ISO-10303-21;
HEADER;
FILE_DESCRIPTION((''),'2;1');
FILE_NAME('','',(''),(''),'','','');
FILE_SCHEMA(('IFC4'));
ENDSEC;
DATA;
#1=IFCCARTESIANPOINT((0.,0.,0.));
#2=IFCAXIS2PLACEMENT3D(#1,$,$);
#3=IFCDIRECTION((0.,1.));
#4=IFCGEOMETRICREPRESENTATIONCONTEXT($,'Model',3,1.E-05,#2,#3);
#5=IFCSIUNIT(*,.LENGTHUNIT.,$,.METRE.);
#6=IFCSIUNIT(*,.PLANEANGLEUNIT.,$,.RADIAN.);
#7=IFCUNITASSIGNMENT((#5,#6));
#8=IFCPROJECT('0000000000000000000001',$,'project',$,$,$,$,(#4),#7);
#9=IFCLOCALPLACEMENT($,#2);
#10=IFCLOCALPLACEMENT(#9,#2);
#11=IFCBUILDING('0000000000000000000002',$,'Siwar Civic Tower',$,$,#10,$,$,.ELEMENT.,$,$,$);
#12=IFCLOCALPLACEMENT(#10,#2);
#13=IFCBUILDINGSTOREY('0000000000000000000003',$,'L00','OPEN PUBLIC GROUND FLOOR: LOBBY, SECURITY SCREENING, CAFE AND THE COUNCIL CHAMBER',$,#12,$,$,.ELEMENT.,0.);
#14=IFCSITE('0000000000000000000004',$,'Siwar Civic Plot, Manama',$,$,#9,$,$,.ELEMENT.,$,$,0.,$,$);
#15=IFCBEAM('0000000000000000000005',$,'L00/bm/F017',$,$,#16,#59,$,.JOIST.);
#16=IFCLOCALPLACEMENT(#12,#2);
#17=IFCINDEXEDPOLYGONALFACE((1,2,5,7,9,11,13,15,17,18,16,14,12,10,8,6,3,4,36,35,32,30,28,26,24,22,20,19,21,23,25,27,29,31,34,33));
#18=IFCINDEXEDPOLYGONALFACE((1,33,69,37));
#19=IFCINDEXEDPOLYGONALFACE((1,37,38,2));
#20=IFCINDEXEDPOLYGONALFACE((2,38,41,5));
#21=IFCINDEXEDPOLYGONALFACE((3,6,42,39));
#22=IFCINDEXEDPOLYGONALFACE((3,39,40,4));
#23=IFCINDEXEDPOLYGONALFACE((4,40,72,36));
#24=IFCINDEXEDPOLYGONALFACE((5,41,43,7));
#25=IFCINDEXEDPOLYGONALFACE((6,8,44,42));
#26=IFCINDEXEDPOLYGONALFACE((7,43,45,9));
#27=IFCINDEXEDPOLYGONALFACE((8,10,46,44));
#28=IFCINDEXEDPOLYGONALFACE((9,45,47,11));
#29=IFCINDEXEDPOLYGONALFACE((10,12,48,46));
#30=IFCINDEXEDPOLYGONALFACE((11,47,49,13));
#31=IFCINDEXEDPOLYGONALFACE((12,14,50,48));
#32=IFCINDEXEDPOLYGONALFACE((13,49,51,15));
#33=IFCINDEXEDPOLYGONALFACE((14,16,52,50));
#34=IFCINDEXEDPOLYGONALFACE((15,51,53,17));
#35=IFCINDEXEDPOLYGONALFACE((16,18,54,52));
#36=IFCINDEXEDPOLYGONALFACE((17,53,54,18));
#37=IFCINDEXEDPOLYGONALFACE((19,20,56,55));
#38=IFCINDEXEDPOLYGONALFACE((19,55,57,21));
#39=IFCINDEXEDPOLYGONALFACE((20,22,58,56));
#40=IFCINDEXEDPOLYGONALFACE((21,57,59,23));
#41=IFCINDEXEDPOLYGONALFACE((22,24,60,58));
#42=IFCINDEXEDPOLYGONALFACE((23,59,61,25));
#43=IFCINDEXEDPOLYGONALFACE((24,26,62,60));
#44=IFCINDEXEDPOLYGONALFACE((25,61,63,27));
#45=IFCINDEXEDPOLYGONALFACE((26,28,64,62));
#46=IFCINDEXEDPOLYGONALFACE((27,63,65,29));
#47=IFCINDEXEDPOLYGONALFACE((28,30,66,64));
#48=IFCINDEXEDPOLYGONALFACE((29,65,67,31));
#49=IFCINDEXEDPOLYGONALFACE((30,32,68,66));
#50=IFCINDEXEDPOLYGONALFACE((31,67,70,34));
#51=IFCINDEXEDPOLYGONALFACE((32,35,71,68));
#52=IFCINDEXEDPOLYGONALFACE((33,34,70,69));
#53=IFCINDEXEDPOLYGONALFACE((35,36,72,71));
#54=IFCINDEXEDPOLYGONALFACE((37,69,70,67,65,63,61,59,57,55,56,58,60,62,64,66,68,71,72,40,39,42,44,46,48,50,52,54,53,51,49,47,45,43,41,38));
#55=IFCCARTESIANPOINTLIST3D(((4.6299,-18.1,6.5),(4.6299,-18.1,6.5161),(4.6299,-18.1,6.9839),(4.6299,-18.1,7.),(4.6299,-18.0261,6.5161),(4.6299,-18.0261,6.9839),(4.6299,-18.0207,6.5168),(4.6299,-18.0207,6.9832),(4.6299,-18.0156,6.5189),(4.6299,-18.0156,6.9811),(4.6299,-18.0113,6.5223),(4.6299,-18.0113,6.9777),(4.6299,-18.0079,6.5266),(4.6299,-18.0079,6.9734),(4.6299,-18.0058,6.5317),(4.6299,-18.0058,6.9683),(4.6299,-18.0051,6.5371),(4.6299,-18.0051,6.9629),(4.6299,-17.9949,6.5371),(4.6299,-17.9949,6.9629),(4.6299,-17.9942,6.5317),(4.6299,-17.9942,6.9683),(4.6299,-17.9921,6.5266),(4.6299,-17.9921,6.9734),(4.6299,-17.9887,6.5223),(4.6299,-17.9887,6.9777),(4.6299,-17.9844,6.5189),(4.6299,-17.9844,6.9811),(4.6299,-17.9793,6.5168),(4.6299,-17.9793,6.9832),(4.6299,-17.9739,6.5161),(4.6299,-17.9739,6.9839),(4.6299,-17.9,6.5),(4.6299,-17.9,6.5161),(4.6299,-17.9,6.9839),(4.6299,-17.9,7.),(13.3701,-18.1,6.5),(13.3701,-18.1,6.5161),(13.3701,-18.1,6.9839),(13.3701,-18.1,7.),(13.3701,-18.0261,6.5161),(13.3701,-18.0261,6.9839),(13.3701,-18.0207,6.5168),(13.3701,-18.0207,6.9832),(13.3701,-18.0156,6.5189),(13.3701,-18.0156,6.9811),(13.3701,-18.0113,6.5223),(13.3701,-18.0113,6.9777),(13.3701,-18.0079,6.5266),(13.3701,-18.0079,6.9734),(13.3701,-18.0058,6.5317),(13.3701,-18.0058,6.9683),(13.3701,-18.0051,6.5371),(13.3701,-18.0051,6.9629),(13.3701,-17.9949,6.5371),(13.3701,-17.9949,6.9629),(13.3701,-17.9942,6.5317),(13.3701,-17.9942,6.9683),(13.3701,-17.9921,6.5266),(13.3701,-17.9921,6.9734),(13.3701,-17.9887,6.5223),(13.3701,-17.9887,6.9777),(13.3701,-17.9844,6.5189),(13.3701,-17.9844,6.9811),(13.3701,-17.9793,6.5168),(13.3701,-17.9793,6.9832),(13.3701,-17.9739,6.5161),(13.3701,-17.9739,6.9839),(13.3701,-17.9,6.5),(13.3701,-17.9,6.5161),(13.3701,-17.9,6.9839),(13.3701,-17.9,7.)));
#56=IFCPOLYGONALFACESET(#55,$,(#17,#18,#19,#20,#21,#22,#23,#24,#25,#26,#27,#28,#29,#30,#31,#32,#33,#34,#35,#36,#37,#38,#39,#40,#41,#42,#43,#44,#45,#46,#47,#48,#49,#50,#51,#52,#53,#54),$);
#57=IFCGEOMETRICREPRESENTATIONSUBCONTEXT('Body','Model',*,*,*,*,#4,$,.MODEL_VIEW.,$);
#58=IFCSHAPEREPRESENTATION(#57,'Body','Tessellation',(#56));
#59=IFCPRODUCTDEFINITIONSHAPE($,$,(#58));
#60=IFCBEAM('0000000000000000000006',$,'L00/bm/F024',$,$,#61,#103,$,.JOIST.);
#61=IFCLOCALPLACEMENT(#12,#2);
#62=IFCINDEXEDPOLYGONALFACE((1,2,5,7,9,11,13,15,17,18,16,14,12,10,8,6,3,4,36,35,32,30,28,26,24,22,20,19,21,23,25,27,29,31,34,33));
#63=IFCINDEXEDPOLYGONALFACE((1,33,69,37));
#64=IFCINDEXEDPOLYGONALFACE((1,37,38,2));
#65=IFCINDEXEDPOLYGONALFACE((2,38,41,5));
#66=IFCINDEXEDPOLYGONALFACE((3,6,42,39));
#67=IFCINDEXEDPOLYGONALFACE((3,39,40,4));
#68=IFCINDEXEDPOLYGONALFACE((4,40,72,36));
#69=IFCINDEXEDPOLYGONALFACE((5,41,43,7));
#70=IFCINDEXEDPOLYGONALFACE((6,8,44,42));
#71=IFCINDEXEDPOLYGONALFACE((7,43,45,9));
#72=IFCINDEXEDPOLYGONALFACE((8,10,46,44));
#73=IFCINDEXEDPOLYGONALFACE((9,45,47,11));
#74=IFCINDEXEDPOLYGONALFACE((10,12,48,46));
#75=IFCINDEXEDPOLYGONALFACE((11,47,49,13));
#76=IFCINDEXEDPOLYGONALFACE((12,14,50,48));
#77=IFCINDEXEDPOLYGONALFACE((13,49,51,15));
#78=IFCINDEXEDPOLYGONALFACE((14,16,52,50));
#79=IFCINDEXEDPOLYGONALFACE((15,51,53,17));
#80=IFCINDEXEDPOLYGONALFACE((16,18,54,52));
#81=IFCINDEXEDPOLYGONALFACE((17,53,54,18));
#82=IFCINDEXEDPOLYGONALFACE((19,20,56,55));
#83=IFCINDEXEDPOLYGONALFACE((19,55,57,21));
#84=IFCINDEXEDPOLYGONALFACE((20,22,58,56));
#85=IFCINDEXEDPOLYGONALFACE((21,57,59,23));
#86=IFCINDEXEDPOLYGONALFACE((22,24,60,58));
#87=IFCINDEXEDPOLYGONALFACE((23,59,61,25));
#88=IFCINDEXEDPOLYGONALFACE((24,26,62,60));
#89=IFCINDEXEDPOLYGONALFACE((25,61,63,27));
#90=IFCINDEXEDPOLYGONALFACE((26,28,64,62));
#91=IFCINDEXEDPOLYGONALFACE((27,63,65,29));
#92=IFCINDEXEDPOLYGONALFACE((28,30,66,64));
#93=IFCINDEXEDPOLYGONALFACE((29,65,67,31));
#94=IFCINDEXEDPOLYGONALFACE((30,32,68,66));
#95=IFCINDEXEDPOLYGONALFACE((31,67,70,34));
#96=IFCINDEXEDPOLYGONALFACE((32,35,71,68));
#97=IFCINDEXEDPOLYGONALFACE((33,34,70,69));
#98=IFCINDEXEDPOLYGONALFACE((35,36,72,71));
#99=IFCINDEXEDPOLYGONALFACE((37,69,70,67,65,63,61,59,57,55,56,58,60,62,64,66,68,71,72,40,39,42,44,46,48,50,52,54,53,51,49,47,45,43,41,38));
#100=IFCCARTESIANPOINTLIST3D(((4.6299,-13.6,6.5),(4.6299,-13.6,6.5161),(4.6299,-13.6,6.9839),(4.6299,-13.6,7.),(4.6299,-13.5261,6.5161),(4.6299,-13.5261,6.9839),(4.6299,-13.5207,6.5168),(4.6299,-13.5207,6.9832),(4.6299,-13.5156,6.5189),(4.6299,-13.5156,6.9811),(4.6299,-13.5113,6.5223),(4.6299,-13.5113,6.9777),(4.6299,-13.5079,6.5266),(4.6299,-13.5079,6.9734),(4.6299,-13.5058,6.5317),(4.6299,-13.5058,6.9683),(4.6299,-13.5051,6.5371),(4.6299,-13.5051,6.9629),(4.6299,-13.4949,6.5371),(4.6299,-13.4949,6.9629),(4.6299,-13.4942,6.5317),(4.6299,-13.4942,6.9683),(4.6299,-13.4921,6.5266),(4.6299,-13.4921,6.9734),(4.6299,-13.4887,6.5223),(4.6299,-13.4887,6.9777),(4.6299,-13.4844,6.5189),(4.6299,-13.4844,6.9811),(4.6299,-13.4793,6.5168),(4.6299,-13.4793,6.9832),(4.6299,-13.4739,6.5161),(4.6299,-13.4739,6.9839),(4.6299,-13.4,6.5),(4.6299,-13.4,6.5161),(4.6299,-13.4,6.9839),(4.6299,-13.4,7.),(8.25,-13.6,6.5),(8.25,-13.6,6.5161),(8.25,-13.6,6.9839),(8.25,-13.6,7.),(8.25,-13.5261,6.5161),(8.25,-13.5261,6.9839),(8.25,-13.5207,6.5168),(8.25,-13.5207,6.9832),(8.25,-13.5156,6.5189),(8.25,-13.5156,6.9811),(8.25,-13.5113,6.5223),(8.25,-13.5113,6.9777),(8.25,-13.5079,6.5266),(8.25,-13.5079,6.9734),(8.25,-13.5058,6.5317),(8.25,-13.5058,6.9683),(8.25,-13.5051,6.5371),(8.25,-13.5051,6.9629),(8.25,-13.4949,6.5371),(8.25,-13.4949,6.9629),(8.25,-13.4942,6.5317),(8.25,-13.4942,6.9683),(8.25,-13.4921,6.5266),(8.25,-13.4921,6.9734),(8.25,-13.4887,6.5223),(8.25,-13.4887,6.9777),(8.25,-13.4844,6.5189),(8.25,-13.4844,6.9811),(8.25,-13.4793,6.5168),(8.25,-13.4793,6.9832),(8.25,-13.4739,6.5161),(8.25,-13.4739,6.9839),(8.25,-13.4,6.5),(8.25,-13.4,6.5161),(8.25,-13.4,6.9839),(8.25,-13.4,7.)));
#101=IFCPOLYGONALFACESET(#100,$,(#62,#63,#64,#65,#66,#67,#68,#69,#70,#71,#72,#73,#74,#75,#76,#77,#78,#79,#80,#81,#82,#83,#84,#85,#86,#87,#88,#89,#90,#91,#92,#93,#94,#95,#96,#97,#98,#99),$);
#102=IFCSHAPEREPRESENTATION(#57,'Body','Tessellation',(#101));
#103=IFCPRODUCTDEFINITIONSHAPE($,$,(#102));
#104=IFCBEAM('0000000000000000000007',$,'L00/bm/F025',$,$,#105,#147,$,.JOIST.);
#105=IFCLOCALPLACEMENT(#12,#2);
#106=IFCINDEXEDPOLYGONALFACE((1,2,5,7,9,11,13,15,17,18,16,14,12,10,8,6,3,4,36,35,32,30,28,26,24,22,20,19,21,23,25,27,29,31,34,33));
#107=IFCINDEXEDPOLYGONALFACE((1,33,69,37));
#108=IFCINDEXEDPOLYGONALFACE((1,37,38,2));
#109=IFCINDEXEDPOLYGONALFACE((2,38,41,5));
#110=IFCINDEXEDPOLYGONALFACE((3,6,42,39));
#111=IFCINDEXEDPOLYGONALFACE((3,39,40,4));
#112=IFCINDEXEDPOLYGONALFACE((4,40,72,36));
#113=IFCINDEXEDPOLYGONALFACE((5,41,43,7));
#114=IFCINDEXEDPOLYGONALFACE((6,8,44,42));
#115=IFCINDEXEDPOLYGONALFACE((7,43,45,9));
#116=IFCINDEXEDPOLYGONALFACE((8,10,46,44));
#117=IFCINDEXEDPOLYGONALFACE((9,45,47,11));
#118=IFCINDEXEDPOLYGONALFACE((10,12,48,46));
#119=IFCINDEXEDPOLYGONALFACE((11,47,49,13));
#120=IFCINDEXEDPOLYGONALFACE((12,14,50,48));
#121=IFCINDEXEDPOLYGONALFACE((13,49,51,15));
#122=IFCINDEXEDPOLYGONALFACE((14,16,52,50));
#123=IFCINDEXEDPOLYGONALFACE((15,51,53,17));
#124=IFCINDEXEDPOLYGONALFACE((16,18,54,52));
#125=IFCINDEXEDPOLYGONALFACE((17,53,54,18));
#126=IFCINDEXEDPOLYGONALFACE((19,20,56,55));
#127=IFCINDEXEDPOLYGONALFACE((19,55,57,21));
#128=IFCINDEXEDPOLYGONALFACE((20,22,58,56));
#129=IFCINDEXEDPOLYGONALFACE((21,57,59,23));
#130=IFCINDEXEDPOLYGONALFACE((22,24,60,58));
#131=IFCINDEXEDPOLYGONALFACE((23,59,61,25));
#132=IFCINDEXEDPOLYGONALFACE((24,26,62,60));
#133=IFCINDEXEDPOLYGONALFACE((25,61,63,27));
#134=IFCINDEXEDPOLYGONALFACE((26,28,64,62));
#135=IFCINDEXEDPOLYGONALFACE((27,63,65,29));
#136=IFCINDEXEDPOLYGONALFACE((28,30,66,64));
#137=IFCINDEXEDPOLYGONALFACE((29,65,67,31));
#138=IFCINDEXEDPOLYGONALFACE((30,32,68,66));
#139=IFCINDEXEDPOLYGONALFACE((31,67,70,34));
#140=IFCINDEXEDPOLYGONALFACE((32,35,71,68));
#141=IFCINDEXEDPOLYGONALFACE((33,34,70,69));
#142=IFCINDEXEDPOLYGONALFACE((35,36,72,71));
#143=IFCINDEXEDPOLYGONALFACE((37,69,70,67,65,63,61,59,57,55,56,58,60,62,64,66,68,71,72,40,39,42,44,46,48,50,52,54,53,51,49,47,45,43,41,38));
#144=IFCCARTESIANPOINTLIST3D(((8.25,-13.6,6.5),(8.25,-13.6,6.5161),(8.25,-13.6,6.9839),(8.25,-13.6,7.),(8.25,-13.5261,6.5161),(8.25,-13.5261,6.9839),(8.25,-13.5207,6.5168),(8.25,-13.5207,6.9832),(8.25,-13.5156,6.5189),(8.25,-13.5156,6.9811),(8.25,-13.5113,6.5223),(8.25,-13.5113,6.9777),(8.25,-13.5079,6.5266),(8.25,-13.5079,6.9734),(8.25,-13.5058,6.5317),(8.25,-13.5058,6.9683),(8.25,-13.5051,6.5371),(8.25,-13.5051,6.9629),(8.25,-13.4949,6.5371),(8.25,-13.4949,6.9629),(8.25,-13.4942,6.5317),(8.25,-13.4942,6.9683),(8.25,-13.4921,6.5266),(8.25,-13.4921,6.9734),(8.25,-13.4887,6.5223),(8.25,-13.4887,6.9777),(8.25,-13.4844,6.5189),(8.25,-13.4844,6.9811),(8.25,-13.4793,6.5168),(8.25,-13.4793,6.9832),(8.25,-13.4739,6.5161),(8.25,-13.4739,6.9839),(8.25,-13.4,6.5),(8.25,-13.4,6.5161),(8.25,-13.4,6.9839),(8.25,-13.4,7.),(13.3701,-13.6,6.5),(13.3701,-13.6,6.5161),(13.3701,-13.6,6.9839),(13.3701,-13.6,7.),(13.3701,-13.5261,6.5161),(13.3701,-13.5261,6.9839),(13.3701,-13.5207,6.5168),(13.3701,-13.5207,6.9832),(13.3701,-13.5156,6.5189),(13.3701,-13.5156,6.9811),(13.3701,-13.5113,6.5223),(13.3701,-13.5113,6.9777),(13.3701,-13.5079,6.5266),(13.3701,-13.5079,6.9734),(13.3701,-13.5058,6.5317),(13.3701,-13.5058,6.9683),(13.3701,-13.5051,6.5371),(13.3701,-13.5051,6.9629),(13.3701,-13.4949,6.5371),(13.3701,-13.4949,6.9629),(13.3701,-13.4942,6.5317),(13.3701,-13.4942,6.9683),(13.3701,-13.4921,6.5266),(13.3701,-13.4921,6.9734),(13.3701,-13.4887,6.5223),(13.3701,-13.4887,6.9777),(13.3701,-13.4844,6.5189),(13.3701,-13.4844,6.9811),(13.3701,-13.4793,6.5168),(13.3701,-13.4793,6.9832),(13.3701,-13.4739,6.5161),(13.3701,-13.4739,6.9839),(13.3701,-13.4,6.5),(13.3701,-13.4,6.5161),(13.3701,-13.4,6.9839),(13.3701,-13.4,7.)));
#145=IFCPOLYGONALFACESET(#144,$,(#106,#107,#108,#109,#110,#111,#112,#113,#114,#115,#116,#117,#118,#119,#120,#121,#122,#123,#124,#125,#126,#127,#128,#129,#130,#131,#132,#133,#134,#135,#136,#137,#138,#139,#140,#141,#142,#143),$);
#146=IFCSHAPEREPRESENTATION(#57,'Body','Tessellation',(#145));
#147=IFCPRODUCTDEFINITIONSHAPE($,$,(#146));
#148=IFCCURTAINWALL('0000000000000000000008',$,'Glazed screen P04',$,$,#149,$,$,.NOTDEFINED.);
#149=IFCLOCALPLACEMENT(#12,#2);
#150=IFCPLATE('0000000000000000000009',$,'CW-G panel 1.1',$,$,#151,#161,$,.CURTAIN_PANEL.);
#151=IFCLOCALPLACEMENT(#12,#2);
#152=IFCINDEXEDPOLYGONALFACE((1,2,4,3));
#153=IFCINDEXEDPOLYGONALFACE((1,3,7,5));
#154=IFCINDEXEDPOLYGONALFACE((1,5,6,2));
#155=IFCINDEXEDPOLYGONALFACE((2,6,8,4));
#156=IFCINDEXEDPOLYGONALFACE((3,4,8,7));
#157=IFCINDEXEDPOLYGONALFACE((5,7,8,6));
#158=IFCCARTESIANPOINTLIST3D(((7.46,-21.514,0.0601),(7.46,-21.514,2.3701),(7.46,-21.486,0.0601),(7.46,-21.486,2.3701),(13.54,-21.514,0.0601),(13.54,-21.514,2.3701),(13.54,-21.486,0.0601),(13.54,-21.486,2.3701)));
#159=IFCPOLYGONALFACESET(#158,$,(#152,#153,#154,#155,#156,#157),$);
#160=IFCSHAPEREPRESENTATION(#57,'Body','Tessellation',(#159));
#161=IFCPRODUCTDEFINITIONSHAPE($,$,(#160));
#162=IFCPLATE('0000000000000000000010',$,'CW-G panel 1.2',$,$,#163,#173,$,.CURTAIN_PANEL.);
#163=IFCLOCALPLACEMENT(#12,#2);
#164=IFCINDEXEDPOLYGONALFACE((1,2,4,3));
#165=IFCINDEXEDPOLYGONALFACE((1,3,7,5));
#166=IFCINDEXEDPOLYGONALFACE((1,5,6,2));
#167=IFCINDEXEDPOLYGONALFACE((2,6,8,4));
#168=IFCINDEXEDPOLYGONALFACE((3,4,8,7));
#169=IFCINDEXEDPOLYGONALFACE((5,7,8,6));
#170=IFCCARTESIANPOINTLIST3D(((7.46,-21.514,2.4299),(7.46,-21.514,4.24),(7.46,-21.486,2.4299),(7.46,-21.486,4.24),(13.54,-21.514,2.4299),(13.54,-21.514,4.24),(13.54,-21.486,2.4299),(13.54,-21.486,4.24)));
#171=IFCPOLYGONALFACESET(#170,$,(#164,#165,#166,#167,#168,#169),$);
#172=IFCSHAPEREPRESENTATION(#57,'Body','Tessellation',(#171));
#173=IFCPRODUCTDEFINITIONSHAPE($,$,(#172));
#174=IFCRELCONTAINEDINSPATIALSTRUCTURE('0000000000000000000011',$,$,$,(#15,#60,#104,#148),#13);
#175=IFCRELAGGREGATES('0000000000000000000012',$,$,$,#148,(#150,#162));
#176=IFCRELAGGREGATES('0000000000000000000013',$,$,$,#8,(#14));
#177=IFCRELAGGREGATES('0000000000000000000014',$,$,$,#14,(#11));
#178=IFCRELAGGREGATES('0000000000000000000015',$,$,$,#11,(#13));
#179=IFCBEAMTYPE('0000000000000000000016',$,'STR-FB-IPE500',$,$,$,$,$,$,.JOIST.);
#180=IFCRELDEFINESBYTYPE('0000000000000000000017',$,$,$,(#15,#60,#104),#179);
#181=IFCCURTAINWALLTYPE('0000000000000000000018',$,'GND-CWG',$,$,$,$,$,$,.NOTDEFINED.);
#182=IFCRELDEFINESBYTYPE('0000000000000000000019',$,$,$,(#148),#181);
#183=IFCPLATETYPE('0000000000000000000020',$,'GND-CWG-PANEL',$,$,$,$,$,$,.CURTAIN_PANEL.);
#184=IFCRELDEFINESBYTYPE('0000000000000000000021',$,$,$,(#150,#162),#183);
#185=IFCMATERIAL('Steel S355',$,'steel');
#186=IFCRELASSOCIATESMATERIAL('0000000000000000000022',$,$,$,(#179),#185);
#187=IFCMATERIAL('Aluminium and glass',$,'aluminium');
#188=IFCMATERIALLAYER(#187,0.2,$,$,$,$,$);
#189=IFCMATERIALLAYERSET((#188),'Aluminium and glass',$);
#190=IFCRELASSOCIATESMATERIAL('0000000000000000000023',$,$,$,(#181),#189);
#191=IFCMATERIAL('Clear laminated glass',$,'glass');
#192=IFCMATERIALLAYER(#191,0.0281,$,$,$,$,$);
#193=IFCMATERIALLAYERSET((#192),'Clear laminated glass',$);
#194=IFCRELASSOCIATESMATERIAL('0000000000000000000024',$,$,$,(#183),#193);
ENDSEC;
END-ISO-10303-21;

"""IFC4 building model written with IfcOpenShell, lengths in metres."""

from ifc_helpers import new_model, si_unit, direction, frame, origin, origin_2d, place, context, subcontext, project, spatial, rectangle, i_section, extrude, material, layer, layer_set, material_profile, profile_set, type_object, element, aggregate, save


model = new_model("IFC4")

# Units and contexts
model_context = context("Model", 3, precision=1e-05, world=origin(), true_north=direction((0.0, 1.0)))
body_context = subcontext(model_context, "Body", "Model", "MODEL_VIEW")
ifc_project = project(units=[si_unit("LENGTHUNIT", "METRE"), si_unit("PLANEANGLEUNIT", "RADIAN")], contexts=[model_context])

# Site, building, storey
site_placement = place(None, origin())
site = spatial("IfcSite", under=ifc_project, at=site_placement, Name="Siwar Civic Plot, Manama", CompositionType="ELEMENT", RefElevation=0.0)
building_placement = place(site_placement, origin())
building = spatial("IfcBuilding", under=site, at=building_placement, Name="Siwar Civic Tower", CompositionType="ELEMENT")
storey_placement = place(building_placement, origin())
storey = spatial("IfcBuildingStorey", under=building, at=storey_placement, Name="L00", Description="OPEN PUBLIC GROUND FLOOR: LOBBY, SECURITY SCREENING, CAFE AND THE COUNCIL CHAMBER", CompositionType="ELEMENT", Elevation=0.0)

# Beams
ifc_material_1 = material(Name="Steel S355", Category="steel")
ifc_material_profile = material_profile(ifc_material_1, i_section(OverallWidth=0.2, OverallDepth=0.5, WebThickness=0.0103, FlangeThickness=0.0161, FilletRadius=0.021, at=origin_2d()), Name="IPE500")
ifc_profile_set = profile_set([ifc_material_profile], Name="Steel S355")
beam_type = type_object("IfcBeamType", Name="STR-FB-IPE500", PredefinedType="JOIST", material=ifc_profile_set)
beam_1_placement = place(storey_placement, frame((4.6299, -18.0, 6.75), z_axis=(1.0, 0.0, 0.0), x_axis=(0.0, 1.0, 0.0)))
element("IfcBeam", 1, at=beam_1_placement, inside=storey, type_object=beam_type, Name="L00/bm/F017", PredefinedType="JOIST", context=body_context, shape_type="SweptSolid", body=[
    extrude(i_section(OverallWidth=0.2, OverallDepth=0.5, WebThickness=0.0103, FlangeThickness=0.0161, FilletRadius=0.021, at=origin_2d()), origin(), (0.0, 0.0, 1.0), 8.7402),
])
beam_2_placement = place(storey_placement, frame((4.6299, -13.5, 6.75), z_axis=(1.0, 0.0, 0.0), x_axis=(0.0, 1.0, 0.0)))
element("IfcBeam", 2, at=beam_2_placement, inside=storey, type_object=beam_type, Name="L00/bm/F024", PredefinedType="JOIST", context=body_context, shape_type="SweptSolid", body=[
    extrude(i_section(OverallWidth=0.2, OverallDepth=0.5, WebThickness=0.0103, FlangeThickness=0.0161, FilletRadius=0.021, at=origin_2d()), origin(), (0.0, 0.0, 1.0), 3.6201),
])
beam_3_placement = place(storey_placement, frame((8.25, -13.5, 6.75), z_axis=(1.0, 0.0, 0.0), x_axis=(0.0, 1.0, 0.0)))
element("IfcBeam", 3, at=beam_3_placement, inside=storey, type_object=beam_type, Name="L00/bm/F025", PredefinedType="JOIST", context=body_context, shape_type="SweptSolid", body=[
    extrude(i_section(OverallWidth=0.2, OverallDepth=0.5, WebThickness=0.0103, FlangeThickness=0.0161, FilletRadius=0.021, at=origin_2d()), origin(), (0.0, 0.0, 1.0), 5.1201),
])

# Curtain wall, plates
ifc_material_2 = material(Name="Aluminium and glass", Category="aluminium")
ifc_layer_1 = layer(ifc_material_2, 0.2)
ifc_layer_set_1 = layer_set([ifc_layer_1], Name="Aluminium and glass")
curtain_wall_type = type_object("IfcCurtainWallType", Name="GND-CWG", PredefinedType="NOTDEFINED", material=ifc_layer_set_1)
curtain_wall_placement = place(storey_placement, origin())
curtain_wall = element("IfcCurtainWall", 4, at=curtain_wall_placement, inside=storey, type_object=curtain_wall_type, Name="Glazed screen P04", PredefinedType="NOTDEFINED")
ifc_material_3 = material(Name="Clear laminated glass", Category="glass")
ifc_layer_2 = layer(ifc_material_3, 0.0281)
ifc_layer_set_2 = layer_set([ifc_layer_2], Name="Clear laminated glass")
plate_type = type_object("IfcPlateType", Name="GND-CWG-PANEL", PredefinedType="CURTAIN_PANEL", material=ifc_layer_set_2)
plate_1_placement = place(storey_placement, frame((10.5, -21.5, 0.0601), z_axis=(0.0, 0.0, 1.0), x_axis=(1.0, 0.0, 0.0)))
plate_1 = element("IfcPlate", 5, at=plate_1_placement, type_object=plate_type, Name="CW-G panel 1.1", PredefinedType="CURTAIN_PANEL", context=body_context, shape_type="SweptSolid", body=[
    extrude(rectangle(XDim=6.0801, YDim=0.0281, at=origin_2d()), origin(), (0.0, 0.0, 1.0), 2.3101),
])
plate_2_placement = place(storey_placement, frame((10.5, -21.5, 2.4299), z_axis=(0.0, 0.0, 1.0), x_axis=(1.0, 0.0, 0.0)))
plate_2 = element("IfcPlate", 6, at=plate_2_placement, type_object=plate_type, Name="CW-G panel 1.2", PredefinedType="CURTAIN_PANEL", context=body_context, shape_type="SweptSolid", body=[
    extrude(rectangle(XDim=6.0801, YDim=0.0281, at=origin_2d()), origin(), (0.0, 0.0, 1.0), 1.8101),
])
aggregate(curtain_wall, [plate_1, plate_2])

save(model, "model.ifc")
